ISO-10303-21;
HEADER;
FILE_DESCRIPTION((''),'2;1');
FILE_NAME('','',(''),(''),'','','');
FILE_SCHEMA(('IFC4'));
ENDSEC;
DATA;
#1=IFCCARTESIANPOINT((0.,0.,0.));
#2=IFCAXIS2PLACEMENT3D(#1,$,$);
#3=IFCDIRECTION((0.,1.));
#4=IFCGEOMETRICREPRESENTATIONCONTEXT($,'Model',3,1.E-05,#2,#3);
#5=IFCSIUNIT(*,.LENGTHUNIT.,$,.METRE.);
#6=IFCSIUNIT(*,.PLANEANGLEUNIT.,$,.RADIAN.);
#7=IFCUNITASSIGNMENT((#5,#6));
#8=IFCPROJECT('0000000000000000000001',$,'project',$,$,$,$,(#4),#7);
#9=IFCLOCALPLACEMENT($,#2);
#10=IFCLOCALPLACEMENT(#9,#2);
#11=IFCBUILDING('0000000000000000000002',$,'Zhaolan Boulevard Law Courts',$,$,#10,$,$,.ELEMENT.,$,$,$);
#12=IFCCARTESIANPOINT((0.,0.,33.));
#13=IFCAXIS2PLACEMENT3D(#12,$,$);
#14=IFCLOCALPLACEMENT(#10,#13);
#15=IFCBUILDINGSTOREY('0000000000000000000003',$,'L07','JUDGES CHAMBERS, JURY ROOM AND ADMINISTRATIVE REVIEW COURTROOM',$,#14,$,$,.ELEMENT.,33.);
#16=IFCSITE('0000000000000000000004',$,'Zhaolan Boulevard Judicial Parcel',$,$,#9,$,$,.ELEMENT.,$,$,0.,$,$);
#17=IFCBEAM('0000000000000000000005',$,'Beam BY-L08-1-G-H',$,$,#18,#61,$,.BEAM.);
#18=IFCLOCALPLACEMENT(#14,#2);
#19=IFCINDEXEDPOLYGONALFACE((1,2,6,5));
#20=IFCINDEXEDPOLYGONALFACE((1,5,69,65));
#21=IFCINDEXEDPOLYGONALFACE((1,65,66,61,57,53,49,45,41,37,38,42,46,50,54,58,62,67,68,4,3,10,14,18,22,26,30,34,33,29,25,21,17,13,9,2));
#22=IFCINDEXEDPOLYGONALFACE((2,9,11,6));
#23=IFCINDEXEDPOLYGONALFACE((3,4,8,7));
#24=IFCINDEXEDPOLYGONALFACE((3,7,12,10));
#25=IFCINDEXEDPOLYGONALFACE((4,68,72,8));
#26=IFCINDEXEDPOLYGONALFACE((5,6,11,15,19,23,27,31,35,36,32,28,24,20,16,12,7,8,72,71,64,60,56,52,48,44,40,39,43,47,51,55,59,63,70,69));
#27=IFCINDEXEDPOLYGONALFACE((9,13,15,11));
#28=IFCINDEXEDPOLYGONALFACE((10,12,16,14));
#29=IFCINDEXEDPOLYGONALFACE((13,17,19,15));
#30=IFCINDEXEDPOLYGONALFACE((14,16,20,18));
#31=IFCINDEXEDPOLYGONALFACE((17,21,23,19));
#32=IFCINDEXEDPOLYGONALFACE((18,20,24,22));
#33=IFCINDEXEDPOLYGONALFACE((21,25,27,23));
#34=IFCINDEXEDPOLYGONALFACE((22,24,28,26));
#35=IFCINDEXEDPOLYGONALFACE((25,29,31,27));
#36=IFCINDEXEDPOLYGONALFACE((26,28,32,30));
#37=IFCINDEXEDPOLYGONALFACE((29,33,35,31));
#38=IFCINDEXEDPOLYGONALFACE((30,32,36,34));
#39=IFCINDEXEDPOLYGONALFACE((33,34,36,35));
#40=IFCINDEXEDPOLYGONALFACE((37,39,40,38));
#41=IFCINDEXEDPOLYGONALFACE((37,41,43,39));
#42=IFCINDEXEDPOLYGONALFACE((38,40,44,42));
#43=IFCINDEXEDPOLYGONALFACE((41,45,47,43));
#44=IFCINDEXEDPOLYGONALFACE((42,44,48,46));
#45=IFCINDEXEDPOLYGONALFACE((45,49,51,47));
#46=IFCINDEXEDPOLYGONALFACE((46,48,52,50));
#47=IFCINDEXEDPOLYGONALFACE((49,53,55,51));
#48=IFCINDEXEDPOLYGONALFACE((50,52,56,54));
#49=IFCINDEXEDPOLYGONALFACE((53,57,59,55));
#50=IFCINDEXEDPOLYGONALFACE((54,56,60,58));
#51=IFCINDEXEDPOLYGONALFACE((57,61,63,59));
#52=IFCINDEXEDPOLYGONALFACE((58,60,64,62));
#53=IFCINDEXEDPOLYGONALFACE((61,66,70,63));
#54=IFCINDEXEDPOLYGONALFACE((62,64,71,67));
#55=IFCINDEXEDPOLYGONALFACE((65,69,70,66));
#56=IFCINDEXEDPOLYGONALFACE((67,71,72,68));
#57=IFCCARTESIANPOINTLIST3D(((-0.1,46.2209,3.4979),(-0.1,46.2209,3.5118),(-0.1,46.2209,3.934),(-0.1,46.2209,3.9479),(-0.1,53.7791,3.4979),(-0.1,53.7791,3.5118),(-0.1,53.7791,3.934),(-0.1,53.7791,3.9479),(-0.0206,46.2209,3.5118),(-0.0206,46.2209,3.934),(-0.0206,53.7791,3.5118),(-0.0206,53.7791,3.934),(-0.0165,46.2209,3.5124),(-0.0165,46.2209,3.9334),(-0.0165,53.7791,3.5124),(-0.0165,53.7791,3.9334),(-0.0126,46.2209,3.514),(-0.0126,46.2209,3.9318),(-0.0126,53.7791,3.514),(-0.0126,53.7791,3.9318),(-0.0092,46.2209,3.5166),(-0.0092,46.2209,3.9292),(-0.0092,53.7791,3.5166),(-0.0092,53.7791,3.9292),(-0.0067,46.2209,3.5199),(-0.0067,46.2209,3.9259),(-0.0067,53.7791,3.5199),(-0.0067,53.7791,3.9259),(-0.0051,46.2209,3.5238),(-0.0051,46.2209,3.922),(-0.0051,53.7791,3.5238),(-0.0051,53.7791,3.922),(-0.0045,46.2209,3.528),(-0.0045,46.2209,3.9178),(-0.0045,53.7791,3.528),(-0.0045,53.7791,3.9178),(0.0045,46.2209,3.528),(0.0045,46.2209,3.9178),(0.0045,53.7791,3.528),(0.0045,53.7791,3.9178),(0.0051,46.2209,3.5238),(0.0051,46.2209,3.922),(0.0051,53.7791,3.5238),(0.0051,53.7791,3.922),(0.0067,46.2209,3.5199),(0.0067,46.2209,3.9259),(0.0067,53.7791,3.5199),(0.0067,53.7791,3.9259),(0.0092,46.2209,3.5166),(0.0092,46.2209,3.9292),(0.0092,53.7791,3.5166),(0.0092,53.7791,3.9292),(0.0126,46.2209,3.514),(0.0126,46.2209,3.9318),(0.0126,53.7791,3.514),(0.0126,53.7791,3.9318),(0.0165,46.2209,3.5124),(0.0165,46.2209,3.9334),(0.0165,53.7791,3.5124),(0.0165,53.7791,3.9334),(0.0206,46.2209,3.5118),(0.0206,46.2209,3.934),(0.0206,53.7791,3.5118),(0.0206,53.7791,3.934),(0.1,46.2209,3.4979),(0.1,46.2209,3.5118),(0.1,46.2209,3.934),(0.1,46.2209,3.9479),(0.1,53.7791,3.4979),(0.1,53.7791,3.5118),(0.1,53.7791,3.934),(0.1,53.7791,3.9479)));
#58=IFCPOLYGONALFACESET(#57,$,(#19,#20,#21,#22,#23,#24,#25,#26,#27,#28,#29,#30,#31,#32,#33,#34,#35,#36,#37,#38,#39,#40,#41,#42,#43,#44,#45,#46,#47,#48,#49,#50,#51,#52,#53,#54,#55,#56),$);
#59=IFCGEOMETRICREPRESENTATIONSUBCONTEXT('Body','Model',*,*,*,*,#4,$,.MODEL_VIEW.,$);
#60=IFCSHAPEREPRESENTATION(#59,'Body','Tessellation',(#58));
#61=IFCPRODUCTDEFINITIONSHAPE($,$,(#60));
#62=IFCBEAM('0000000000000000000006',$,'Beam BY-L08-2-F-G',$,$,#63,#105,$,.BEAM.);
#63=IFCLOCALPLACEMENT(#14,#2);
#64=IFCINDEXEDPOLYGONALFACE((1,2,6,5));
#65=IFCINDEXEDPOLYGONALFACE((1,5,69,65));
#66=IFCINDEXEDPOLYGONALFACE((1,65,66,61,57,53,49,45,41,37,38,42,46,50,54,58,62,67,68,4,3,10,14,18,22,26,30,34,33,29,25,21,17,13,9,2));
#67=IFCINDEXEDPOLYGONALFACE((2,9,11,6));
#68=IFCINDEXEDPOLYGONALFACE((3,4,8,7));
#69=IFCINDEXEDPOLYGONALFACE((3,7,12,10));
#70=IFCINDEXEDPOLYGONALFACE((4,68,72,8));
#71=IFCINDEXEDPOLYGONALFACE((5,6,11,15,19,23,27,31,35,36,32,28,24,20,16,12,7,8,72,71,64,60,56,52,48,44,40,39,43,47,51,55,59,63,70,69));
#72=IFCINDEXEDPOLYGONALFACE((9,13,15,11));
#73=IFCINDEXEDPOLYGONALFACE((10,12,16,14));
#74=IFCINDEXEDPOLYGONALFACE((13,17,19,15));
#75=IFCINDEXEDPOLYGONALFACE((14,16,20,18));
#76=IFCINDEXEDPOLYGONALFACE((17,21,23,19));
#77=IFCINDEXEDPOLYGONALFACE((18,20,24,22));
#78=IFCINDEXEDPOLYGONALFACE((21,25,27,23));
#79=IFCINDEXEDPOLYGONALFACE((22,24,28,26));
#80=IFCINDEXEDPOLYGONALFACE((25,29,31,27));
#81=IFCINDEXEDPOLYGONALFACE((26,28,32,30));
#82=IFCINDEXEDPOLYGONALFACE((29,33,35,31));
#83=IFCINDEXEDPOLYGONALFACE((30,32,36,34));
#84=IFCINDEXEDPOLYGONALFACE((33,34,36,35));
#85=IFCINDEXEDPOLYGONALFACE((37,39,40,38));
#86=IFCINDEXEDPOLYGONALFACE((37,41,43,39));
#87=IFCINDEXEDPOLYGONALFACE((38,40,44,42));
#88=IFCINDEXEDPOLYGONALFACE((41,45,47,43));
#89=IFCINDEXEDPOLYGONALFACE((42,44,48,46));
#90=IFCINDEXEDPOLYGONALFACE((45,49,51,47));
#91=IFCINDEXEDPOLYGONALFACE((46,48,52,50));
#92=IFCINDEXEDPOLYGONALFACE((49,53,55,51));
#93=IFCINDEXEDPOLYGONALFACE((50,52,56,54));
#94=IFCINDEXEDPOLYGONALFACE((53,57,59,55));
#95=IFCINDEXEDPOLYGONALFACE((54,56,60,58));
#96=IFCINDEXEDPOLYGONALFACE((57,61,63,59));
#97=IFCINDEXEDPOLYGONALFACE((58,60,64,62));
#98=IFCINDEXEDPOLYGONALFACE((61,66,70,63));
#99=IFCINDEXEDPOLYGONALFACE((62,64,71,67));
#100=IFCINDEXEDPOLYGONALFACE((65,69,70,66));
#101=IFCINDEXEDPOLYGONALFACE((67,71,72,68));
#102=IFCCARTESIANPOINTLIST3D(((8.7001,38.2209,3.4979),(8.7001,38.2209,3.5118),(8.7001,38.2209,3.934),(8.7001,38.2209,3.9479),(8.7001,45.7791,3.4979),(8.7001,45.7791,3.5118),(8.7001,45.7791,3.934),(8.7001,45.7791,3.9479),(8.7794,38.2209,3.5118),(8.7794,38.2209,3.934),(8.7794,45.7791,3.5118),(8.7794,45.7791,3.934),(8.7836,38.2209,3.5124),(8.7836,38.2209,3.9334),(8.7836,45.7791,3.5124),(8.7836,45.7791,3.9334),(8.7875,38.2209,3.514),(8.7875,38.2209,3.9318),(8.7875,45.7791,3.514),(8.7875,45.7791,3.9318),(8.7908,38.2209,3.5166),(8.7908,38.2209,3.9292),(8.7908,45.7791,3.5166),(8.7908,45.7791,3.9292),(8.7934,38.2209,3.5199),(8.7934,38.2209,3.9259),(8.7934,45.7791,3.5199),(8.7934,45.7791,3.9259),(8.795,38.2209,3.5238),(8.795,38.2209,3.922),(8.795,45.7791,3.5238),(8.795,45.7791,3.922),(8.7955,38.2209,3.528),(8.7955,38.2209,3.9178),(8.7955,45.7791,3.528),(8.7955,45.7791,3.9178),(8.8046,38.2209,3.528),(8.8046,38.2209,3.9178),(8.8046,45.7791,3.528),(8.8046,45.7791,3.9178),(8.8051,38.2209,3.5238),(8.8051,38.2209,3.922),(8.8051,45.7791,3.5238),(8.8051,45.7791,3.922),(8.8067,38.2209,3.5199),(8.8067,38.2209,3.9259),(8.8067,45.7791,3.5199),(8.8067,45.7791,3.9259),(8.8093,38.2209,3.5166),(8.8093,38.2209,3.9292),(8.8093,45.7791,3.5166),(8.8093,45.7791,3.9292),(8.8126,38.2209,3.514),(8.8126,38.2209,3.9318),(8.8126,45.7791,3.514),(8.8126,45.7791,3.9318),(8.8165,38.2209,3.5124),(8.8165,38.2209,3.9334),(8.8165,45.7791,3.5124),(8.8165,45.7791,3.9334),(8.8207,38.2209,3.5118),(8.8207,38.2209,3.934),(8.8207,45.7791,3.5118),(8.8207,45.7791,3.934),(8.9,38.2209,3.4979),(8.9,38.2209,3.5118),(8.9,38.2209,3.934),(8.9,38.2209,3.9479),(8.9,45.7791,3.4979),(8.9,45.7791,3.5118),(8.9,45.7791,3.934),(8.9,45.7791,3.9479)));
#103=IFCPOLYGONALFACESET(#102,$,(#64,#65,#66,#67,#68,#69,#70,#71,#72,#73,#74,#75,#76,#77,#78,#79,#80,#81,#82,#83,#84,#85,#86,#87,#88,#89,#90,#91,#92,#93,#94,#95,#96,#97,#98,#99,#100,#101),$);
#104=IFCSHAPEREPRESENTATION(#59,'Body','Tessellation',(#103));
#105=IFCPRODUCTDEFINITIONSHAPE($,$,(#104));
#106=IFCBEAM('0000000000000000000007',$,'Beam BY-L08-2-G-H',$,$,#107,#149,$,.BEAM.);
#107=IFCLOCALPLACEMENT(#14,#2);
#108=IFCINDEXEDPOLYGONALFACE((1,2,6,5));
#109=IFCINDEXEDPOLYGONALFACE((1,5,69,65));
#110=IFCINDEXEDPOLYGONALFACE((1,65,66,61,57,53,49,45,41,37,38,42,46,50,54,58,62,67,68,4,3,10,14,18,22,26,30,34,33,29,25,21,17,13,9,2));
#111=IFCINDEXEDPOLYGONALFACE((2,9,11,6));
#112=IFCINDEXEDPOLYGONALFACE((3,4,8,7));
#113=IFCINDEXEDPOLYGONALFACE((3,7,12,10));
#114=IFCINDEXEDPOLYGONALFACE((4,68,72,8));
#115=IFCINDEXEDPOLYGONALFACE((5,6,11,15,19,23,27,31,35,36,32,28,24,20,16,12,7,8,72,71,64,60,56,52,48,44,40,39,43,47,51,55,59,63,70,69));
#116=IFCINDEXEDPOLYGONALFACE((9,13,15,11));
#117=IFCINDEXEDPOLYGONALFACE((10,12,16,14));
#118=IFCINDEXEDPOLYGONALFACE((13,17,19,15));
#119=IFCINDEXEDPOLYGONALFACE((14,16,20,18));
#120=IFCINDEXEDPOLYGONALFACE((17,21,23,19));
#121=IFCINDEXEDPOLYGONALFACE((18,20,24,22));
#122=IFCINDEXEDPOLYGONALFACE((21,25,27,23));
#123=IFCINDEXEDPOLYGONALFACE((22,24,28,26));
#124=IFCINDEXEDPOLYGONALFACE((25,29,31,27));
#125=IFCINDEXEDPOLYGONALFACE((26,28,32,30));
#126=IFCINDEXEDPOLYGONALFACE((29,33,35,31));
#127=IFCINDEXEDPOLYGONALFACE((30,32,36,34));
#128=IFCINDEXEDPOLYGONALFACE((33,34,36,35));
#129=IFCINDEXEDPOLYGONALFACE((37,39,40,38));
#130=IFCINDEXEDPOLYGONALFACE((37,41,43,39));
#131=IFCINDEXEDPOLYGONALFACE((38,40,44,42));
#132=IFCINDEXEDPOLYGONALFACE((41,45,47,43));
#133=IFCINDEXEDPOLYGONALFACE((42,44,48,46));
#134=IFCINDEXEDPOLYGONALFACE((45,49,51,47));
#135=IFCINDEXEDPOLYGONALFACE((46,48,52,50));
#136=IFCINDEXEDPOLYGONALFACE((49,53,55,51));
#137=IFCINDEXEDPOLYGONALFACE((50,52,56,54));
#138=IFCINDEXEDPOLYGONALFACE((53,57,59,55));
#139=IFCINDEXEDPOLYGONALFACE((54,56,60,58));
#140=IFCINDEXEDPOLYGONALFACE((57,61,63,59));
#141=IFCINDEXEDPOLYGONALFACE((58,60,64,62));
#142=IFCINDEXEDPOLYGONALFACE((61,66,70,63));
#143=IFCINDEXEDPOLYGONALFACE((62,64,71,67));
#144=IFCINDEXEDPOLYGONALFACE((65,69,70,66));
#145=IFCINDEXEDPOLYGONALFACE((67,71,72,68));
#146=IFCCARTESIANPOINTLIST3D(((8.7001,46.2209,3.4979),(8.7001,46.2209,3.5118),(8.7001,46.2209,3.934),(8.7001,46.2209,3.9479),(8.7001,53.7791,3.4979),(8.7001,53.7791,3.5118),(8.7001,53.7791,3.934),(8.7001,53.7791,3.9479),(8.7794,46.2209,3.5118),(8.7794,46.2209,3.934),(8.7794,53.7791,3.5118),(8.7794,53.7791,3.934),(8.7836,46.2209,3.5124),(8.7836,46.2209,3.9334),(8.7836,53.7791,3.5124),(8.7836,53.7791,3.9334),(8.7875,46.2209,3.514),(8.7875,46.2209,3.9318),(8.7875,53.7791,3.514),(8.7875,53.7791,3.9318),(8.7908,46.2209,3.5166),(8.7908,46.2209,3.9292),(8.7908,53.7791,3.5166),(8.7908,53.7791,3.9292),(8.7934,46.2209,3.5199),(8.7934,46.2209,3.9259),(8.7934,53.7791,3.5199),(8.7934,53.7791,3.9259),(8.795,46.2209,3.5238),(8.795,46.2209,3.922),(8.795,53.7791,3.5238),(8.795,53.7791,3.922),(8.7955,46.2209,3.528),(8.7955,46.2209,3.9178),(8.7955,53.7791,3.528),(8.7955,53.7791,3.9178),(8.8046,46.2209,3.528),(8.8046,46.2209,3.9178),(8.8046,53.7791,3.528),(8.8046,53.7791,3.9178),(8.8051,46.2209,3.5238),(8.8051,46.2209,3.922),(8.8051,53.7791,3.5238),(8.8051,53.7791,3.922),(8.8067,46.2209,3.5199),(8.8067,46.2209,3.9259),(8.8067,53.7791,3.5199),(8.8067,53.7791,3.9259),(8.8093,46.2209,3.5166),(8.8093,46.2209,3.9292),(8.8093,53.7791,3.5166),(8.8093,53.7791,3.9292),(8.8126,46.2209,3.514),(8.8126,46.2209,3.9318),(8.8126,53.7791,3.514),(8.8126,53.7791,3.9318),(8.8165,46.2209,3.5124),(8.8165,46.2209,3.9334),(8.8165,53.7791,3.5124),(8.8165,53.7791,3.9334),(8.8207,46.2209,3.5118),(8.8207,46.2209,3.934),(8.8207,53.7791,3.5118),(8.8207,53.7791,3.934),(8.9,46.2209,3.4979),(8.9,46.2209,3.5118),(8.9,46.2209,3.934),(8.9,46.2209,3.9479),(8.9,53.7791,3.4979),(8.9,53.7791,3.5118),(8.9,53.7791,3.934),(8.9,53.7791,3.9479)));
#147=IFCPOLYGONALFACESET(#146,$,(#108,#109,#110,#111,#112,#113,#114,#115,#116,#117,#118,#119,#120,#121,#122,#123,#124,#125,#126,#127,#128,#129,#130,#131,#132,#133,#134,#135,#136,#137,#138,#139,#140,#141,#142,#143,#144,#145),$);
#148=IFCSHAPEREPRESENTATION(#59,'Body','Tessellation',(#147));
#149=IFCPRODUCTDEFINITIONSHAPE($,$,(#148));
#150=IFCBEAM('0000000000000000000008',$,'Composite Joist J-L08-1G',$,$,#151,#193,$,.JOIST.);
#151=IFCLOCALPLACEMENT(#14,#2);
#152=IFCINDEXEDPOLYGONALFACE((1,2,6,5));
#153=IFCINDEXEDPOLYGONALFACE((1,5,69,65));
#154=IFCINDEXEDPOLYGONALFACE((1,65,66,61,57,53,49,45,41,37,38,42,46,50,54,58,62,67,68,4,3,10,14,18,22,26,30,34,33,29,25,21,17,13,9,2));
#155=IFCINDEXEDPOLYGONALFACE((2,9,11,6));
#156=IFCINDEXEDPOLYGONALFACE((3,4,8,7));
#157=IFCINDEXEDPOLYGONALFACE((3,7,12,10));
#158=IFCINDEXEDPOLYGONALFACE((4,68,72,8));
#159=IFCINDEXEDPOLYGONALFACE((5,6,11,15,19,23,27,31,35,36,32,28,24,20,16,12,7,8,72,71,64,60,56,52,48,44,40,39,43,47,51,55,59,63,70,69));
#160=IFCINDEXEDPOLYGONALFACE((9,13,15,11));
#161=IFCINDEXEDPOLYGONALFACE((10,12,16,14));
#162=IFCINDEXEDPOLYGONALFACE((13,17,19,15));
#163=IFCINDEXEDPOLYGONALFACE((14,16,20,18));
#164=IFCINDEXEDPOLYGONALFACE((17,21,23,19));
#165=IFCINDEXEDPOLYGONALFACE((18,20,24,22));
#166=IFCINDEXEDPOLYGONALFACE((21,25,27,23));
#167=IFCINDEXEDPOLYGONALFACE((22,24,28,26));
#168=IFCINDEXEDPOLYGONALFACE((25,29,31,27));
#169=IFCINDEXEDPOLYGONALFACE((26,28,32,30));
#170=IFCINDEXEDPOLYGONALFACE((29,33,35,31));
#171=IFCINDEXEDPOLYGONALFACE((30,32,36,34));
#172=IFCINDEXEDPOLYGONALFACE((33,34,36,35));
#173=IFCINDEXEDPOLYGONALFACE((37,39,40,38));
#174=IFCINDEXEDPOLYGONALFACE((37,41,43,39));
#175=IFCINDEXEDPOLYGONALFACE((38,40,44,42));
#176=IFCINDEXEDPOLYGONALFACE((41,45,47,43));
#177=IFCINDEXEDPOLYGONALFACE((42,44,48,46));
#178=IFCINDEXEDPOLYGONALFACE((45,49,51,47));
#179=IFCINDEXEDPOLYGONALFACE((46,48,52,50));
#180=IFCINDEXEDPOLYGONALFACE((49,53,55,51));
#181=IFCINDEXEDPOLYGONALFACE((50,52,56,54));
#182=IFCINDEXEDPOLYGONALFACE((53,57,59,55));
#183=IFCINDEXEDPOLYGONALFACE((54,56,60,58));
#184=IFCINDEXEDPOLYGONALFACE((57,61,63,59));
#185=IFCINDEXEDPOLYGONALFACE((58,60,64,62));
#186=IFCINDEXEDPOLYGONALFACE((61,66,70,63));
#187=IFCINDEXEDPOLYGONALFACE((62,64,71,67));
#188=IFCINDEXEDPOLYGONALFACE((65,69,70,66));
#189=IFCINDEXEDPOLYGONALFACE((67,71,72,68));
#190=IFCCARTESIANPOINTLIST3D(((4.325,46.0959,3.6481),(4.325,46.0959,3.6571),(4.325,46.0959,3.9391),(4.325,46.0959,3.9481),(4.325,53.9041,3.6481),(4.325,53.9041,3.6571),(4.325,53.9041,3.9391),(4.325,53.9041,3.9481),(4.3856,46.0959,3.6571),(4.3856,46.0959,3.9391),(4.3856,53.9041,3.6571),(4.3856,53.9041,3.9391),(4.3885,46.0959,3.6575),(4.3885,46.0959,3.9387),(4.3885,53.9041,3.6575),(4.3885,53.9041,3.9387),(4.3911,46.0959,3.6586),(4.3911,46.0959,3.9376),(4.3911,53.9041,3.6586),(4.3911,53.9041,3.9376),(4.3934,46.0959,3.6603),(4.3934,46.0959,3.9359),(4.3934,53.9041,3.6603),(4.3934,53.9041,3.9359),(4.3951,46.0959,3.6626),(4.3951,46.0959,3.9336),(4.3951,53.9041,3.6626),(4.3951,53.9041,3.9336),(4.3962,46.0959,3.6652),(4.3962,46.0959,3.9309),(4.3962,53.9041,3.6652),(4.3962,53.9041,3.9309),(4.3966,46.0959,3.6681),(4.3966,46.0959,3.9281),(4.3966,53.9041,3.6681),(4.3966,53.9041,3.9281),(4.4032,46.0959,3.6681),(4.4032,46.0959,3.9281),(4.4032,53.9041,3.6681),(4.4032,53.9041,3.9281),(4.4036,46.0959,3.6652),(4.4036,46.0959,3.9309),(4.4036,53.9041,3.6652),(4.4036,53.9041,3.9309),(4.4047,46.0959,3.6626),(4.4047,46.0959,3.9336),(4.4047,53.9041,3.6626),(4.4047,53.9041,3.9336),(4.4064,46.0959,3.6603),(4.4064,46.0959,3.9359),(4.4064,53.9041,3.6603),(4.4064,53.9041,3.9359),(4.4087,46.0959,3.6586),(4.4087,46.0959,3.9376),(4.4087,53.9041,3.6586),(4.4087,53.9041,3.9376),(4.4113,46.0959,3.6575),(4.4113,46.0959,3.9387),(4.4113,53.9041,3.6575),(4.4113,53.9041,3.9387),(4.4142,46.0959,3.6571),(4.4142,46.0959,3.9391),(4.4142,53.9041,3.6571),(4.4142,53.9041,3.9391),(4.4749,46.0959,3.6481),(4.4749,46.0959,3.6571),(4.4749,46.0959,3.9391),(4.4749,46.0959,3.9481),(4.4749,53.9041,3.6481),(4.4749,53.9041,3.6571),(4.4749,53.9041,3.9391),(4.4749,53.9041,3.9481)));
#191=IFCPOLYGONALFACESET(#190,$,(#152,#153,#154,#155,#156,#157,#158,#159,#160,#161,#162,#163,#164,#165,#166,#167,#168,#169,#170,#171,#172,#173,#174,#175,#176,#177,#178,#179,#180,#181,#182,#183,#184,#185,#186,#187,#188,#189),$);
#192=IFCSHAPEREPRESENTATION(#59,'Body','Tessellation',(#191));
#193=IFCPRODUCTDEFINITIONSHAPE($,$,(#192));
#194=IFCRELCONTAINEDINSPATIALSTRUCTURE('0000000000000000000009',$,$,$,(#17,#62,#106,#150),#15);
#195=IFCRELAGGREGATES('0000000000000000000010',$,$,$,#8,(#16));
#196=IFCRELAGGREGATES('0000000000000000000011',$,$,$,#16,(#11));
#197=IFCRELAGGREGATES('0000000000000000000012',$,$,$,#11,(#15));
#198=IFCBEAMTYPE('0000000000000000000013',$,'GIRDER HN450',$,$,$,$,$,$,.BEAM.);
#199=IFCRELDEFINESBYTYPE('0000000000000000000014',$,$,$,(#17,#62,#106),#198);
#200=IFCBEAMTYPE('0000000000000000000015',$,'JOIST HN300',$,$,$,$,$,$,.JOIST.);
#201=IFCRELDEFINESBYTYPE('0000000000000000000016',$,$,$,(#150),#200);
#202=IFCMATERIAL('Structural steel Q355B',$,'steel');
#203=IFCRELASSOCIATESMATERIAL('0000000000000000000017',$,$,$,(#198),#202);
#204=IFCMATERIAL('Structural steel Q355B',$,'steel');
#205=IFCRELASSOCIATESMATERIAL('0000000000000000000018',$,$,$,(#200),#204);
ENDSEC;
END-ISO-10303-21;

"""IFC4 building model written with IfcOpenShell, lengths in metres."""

from ifc_helpers import new_model, si_unit, direction, frame, origin, origin_2d, place, context, subcontext, project, spatial, i_section, extrude, material, material_profile, profile_set, type_object, element, save


model = new_model("IFC4")

# Units and contexts
model_context = context("Model", 3, precision=1e-05, world=origin(), true_north=direction((0.0, 1.0)))
body_context = subcontext(model_context, "Body", "Model", "MODEL_VIEW")
ifc_project = project(units=[si_unit("LENGTHUNIT", "METRE"), si_unit("PLANEANGLEUNIT", "RADIAN")], contexts=[model_context])

# Site, building, storey
site_placement = place(None, origin())
site = spatial("IfcSite", under=ifc_project, at=site_placement, Name="Zhaolan Boulevard Judicial Parcel", CompositionType="ELEMENT", RefElevation=0.0)
building_placement = place(site_placement, origin())
building = spatial("IfcBuilding", under=site, at=building_placement, Name="Zhaolan Boulevard Law Courts", CompositionType="ELEMENT")
storey_placement = place(building_placement, frame((0.0, 0.0, 33.0)))
storey = spatial("IfcBuildingStorey", under=building, at=storey_placement, Name="L07", Description="JUDGES CHAMBERS, JURY ROOM AND ADMINISTRATIVE REVIEW COURTROOM", CompositionType="ELEMENT", Elevation=33.0)

# Beams
ifc_material_1 = material(Name="Structural steel Q355B", Category="steel")
ifc_material_profile_1 = material_profile(ifc_material_1, i_section(OverallWidth=0.2, OverallDepth=0.45, WebThickness=0.009, FlangeThickness=0.0139, FilletRadius=0.0161, at=origin_2d()), Name="HN450x200")
ifc_profile_set_1 = profile_set([ifc_material_profile_1], Name="Structural steel Q355B")
beam_type_1 = type_object("IfcBeamType", Name="GIRDER HN450", PredefinedType="BEAM", material=ifc_profile_set_1)
for number, where, z_axis, x_axis, name in (
    (1, (0.0, 46.2209, 3.7229), (0.0, 1.0, 0.0), (-1.0, 0.0, 0.0), "Beam BY-L08-1-G-H"),
    (2, (8.8, 38.2209, 3.7229), (0.0, 1.0, 0.0), (-1.0, 0.0, 0.0), "Beam BY-L08-2-F-G"),
    (3, (8.8, 46.2209, 3.7229), (0.0, 1.0, 0.0), (-1.0, 0.0, 0.0), "Beam BY-L08-2-G-H"),
):
    element("IfcBeam", number, at=place(storey_placement, frame(where, z_axis=z_axis, x_axis=x_axis)), inside=storey, type_object=beam_type_1, Name=name, PredefinedType="BEAM", context=body_context, shape_type="SweptSolid", body=[
        extrude(i_section(OverallWidth=0.2, OverallDepth=0.45, WebThickness=0.009, FlangeThickness=0.0139, FilletRadius=0.0161, at=origin_2d()), origin(), (0.0, 0.0, 1.0), 7.5581),
    ])
ifc_material_2 = material(Name="Structural steel Q355B", Category="steel")
ifc_material_profile_2 = material_profile(ifc_material_2, i_section(OverallWidth=0.1499, OverallDepth=0.3, WebThickness=0.0066, FlangeThickness=0.009, FilletRadius=0.011, at=origin_2d()), Name="HN300x150")
ifc_profile_set_2 = profile_set([ifc_material_profile_2], Name="Structural steel Q355B")
beam_type_2 = type_object("IfcBeamType", Name="JOIST HN300", PredefinedType="JOIST", material=ifc_profile_set_2)
beam_1_placement = place(storey_placement, frame((4.3999, 46.0959, 3.7981), z_axis=(0.0, 1.0, 0.0), x_axis=(-1.0, 0.0, 0.0)))
element("IfcBeam", 4, at=beam_1_placement, inside=storey, type_object=beam_type_2, Name="Composite Joist J-L08-1G", PredefinedType="JOIST", context=body_context, shape_type="SweptSolid", body=[
    extrude(i_section(OverallWidth=0.1499, OverallDepth=0.3, WebThickness=0.0066, FlangeThickness=0.009, FilletRadius=0.011, at=origin_2d()), origin(), (0.0, 0.0, 1.0), 7.8081),
])

save(model, "model.ifc")
